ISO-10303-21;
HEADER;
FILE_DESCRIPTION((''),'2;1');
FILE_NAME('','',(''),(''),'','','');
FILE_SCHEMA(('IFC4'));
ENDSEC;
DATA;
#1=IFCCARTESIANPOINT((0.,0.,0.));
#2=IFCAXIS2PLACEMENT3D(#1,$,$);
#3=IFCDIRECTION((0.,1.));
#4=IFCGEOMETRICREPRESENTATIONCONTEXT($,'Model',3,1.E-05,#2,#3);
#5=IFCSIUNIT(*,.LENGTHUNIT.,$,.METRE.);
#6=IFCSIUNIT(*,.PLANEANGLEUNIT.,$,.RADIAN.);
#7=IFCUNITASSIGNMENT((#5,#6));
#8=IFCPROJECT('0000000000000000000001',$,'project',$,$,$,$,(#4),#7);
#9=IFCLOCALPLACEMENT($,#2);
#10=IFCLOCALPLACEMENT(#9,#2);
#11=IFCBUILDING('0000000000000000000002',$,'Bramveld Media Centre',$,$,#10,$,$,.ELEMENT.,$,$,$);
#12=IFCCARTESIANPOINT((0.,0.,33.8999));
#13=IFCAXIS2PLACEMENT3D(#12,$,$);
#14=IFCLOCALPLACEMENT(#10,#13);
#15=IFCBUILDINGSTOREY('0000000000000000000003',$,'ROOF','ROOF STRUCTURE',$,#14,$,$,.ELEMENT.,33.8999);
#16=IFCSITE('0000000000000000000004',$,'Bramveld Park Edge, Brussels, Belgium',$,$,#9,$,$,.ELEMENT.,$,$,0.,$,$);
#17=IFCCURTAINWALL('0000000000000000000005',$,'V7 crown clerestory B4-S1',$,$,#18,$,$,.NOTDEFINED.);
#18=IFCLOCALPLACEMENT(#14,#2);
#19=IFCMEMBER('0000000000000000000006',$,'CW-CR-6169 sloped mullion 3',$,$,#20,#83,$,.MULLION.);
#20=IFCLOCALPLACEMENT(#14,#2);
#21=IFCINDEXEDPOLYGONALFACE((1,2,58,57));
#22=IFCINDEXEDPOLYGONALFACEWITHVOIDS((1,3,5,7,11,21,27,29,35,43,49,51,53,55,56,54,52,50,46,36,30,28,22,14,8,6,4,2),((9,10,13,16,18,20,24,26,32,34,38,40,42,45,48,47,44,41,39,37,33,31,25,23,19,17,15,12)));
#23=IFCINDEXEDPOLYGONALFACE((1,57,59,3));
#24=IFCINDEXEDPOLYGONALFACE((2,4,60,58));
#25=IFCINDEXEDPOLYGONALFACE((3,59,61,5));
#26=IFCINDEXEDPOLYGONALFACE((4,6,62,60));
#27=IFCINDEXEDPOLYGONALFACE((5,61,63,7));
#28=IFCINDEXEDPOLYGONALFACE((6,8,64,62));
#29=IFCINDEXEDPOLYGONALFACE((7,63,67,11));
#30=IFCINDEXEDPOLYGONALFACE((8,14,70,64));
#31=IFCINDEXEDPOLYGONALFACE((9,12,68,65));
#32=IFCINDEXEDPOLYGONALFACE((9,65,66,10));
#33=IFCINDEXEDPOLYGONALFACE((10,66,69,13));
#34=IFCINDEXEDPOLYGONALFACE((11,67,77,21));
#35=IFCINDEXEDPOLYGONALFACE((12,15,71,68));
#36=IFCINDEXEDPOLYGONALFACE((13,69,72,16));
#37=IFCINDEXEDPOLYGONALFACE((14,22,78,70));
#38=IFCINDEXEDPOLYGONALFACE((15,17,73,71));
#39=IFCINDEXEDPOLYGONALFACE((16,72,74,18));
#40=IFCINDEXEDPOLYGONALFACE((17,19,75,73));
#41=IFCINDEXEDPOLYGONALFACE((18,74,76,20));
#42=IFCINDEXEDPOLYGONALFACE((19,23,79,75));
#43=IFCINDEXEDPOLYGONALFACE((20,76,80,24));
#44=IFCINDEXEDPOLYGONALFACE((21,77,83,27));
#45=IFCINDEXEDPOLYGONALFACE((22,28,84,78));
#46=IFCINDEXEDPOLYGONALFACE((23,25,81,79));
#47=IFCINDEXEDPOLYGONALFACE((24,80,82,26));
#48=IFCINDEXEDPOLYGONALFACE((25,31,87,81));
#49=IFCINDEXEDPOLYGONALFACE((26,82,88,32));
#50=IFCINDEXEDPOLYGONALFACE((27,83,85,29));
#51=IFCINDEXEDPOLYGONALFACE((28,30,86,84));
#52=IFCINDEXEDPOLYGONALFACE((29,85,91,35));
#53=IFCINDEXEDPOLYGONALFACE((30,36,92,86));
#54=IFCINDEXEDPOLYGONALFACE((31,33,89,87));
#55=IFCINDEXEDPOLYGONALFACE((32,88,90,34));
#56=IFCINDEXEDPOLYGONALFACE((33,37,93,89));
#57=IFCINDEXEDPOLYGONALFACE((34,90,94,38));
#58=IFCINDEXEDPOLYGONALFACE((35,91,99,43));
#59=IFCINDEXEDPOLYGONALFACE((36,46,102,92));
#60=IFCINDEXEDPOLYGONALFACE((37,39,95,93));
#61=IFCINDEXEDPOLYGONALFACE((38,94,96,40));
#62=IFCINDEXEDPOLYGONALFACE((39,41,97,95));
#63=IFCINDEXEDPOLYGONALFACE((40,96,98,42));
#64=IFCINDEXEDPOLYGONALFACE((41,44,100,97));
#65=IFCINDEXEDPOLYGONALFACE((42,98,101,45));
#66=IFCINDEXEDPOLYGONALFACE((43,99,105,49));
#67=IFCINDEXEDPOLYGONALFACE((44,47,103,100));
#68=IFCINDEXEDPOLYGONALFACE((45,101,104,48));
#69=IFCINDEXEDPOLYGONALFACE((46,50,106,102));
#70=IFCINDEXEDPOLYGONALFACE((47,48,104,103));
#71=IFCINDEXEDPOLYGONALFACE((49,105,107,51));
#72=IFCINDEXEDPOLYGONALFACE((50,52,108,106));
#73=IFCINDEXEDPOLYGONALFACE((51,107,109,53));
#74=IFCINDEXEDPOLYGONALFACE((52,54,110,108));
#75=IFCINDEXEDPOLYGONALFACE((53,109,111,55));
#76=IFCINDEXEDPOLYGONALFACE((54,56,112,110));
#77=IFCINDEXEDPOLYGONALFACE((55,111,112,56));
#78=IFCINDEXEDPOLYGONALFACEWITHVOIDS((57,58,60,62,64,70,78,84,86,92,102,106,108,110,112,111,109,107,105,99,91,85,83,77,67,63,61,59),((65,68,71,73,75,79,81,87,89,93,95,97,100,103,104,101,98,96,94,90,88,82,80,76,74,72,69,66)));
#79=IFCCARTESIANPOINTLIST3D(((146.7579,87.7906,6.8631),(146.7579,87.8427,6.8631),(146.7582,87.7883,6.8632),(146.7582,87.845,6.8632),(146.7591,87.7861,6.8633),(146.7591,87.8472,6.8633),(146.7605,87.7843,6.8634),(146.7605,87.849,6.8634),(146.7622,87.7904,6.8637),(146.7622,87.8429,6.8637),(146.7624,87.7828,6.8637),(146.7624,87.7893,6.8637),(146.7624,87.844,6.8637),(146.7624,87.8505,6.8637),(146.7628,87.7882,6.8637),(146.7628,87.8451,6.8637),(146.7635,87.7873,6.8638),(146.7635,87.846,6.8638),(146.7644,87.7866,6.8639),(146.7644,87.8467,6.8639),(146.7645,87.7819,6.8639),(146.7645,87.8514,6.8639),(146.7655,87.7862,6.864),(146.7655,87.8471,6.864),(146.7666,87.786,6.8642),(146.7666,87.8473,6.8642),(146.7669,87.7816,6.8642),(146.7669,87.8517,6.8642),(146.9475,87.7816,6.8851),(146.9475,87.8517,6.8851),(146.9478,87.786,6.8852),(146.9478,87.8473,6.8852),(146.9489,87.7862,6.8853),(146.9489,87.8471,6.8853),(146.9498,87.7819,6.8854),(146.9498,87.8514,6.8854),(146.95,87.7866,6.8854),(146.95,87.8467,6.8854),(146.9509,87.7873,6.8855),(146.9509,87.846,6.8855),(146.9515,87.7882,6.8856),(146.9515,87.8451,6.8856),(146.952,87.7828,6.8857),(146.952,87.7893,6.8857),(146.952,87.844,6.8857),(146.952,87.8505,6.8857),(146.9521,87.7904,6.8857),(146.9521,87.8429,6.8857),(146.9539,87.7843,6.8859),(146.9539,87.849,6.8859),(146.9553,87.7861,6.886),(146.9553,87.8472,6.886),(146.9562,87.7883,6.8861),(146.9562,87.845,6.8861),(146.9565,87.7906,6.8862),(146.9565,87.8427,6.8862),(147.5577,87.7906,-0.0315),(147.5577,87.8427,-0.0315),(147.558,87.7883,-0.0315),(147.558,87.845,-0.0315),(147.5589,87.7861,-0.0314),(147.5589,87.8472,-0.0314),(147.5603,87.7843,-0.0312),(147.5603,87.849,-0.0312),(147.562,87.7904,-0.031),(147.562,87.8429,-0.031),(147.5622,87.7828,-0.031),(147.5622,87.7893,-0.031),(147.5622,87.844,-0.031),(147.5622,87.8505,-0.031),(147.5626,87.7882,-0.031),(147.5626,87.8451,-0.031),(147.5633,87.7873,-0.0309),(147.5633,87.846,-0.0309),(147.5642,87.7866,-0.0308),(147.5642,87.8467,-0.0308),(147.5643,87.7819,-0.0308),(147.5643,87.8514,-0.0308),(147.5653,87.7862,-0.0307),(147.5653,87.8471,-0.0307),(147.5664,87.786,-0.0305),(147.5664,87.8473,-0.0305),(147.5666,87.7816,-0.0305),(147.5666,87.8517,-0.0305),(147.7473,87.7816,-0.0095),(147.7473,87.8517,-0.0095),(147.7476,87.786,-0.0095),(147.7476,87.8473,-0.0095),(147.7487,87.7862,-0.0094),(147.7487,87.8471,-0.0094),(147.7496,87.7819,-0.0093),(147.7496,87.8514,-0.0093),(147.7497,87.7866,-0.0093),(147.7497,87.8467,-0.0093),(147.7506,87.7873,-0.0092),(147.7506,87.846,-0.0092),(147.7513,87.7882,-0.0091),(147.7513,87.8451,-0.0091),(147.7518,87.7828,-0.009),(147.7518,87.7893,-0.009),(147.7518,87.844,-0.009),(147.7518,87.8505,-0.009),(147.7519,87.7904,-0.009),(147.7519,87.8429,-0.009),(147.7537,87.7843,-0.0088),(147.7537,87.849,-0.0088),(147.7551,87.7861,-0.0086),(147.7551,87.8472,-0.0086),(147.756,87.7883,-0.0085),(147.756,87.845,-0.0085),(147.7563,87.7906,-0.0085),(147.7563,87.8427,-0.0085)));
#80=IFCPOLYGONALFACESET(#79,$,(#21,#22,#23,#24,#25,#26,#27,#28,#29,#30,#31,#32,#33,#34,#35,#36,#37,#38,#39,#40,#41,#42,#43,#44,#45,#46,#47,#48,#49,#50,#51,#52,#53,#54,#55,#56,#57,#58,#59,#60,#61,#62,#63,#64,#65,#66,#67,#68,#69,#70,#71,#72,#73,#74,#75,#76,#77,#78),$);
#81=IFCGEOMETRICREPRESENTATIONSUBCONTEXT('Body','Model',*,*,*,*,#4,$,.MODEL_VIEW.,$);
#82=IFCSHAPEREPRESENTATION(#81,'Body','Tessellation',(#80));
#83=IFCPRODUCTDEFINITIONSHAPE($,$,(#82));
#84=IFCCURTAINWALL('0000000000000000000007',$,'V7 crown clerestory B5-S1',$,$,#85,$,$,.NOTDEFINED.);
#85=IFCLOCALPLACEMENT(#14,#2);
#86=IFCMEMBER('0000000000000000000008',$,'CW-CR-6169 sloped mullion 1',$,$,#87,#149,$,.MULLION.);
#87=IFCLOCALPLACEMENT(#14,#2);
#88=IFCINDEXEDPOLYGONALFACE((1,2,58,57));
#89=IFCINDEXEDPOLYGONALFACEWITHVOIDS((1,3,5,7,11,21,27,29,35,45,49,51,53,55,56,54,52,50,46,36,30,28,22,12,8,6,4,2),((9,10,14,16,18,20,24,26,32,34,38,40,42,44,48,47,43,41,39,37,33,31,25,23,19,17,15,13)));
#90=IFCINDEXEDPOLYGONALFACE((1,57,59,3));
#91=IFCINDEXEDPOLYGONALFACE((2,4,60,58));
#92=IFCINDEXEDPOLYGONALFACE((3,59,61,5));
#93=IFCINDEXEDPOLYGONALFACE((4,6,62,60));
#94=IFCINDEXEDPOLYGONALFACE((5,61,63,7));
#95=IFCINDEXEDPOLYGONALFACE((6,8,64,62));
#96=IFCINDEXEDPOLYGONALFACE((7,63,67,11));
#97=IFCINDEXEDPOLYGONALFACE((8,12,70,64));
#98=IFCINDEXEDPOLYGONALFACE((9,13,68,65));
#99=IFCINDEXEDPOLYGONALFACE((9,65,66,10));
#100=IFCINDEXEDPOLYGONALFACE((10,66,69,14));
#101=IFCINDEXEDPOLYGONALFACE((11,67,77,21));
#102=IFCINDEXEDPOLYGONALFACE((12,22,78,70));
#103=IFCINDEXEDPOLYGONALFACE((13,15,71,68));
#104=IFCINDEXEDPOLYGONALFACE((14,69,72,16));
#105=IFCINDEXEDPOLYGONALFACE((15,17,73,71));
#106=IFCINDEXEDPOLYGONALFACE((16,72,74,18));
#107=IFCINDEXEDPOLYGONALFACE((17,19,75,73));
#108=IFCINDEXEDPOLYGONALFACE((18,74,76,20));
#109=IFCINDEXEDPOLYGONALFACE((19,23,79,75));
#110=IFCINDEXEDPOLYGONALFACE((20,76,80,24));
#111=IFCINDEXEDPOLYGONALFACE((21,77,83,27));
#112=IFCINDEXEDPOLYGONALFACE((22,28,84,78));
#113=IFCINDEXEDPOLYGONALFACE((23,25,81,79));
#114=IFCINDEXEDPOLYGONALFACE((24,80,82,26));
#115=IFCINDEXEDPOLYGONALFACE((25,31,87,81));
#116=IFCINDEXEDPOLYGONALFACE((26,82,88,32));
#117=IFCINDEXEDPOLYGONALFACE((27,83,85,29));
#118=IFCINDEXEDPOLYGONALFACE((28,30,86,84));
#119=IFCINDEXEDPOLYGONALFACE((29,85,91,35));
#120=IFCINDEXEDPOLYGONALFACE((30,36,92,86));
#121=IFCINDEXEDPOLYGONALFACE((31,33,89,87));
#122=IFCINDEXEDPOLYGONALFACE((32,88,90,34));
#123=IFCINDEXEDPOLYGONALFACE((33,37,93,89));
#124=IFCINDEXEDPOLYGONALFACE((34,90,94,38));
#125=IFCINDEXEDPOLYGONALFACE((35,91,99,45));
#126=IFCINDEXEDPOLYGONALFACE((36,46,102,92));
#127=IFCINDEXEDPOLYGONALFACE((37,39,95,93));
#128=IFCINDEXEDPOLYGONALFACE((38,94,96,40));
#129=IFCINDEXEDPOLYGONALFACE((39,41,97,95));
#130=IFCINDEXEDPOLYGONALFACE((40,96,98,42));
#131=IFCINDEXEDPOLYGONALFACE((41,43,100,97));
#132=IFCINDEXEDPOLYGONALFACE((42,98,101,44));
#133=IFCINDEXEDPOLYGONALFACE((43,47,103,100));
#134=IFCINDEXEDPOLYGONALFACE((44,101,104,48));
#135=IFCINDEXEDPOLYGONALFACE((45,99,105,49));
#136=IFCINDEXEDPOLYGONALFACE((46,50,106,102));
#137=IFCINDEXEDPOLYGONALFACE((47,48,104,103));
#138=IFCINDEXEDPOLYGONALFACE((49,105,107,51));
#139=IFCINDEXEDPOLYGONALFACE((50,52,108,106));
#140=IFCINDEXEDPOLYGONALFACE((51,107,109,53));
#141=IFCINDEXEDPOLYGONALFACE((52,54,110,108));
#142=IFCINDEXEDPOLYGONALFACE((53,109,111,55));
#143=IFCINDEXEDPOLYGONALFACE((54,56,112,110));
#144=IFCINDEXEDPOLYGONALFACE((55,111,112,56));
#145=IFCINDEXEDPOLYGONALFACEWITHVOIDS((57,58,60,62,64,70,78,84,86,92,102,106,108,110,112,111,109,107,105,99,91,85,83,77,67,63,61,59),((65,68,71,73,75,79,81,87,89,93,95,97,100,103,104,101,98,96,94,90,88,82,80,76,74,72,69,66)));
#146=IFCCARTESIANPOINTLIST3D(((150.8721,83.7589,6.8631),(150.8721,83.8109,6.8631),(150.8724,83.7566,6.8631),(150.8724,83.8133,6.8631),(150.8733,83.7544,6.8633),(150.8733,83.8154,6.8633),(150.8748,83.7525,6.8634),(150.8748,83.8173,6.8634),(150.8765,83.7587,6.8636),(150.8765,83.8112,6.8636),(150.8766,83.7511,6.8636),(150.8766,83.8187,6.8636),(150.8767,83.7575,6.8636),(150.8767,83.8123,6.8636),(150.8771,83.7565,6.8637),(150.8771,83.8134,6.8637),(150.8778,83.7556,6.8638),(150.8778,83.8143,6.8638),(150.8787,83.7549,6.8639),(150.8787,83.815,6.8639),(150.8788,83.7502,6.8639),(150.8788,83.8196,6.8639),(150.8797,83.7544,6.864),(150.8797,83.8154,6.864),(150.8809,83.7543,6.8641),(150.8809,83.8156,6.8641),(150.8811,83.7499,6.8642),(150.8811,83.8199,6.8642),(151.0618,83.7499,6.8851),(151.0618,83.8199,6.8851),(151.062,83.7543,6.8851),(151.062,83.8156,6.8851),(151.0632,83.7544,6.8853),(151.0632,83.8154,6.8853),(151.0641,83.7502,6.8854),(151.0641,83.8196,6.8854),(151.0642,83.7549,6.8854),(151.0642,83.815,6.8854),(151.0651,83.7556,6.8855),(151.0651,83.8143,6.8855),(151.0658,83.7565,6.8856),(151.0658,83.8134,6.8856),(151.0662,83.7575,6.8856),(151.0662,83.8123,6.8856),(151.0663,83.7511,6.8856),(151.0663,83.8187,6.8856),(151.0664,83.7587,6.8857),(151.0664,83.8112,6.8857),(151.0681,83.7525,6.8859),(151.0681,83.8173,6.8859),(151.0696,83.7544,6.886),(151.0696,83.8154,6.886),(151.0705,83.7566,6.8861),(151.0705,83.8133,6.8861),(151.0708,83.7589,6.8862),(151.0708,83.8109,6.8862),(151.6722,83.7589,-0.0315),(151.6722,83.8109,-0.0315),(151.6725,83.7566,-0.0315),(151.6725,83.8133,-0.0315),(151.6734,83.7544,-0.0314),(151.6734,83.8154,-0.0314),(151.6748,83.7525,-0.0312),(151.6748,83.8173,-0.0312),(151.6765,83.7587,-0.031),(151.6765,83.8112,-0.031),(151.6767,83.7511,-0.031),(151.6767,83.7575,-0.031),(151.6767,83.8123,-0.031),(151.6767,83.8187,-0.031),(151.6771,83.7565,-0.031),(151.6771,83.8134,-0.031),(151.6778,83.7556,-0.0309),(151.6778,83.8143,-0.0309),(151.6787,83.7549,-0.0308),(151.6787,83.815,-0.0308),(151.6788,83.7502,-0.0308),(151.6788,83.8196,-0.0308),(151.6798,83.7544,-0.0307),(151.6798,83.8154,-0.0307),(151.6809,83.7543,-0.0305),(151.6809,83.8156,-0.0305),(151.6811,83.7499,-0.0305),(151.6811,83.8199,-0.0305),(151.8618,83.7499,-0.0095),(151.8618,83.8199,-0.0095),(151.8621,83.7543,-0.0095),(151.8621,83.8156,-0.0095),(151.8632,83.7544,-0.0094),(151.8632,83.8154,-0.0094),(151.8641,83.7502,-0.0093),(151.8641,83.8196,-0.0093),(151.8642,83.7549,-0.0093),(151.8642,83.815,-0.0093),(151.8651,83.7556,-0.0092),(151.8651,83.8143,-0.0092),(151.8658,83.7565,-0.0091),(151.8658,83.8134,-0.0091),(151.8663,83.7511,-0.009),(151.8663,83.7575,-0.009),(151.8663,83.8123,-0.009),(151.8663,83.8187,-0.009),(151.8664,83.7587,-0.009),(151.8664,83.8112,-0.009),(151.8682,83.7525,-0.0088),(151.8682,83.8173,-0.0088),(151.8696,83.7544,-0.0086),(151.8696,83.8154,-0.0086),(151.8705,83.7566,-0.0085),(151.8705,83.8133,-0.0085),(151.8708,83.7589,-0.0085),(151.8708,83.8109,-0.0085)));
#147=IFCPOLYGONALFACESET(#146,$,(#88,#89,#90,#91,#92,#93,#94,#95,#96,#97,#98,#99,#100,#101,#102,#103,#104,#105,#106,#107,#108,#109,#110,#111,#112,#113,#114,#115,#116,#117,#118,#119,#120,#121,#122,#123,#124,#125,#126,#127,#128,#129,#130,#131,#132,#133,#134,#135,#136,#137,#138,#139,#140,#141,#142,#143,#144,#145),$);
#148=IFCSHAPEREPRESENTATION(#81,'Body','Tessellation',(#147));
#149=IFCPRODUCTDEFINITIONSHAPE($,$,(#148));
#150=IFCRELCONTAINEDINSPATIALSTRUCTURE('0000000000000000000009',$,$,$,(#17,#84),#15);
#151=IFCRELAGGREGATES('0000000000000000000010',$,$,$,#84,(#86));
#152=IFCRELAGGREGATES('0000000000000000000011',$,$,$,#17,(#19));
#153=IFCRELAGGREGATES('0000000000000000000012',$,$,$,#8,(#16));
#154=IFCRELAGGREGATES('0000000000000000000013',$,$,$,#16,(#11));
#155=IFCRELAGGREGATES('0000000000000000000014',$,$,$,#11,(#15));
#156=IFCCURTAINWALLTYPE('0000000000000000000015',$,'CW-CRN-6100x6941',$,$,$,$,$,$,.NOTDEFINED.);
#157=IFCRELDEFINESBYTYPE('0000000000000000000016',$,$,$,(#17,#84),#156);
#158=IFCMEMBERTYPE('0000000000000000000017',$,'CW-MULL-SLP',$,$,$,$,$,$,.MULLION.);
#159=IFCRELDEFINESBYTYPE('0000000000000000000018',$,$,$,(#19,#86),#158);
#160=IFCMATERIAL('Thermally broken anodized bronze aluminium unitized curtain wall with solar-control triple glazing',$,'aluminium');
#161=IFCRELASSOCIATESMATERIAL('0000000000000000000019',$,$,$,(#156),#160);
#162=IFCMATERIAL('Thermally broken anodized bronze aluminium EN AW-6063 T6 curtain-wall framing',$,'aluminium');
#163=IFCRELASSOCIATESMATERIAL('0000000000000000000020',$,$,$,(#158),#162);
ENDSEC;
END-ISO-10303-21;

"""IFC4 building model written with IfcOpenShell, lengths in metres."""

from ifc_helpers import new_model, si_unit, direction, frame, origin, origin_2d, place, context, subcontext, project, spatial, hollow_rectangle, extrude, material, material_profile, profile_set, type_object, element, aggregate, save


model = new_model("IFC4")

# Units and contexts
model_context = context("Model", 3, precision=1e-05, world=origin(), true_north=direction((0.0, 1.0)))
body_context = subcontext(model_context, "Body", "Model", "MODEL_VIEW")
ifc_project = project(units=[si_unit("LENGTHUNIT", "METRE"), si_unit("PLANEANGLEUNIT", "RADIAN")], contexts=[model_context])

# Site, building, storey
site_placement = place(None, origin())
site = spatial("IfcSite", under=ifc_project, at=site_placement, Name="Bramveld Park Edge, Brussels, Belgium", CompositionType="ELEMENT", RefElevation=0.0)
building_placement = place(site_placement, origin())
building = spatial("IfcBuilding", under=site, at=building_placement, Name="Bramveld Media Centre", CompositionType="ELEMENT")
storey_placement = place(building_placement, frame((0.0, 0.0, 33.8999)))
storey = spatial("IfcBuildingStorey", under=building, at=storey_placement, Name="ROOF", Description="ROOF STRUCTURE", CompositionType="ELEMENT", Elevation=33.8999)

# Curtain walls, members
ifc_material_1 = material(Name="Thermally broken anodized bronze aluminium unitized curtain wall with solar-control triple glazing", Category="aluminium")
curtain_wall_type = type_object("IfcCurtainWallType", Name="CW-CRN-6100x6941", PredefinedType="NOTDEFINED", material=ifc_material_1)
curtain_wall_1_placement = place(storey_placement, origin())
curtain_wall_1 = element("IfcCurtainWall", 1, at=curtain_wall_1_placement, inside=storey, type_object=curtain_wall_type, Name="V7 crown clerestory B4-S1", PredefinedType="NOTDEFINED")
ifc_material_2 = material(Name="Thermally broken anodized bronze aluminium EN AW-6063 T6 curtain-wall framing", Category="aluminium")
ifc_material_profile_1 = material_profile(ifc_material_2, hollow_rectangle(XDim=0.0701, YDim=0.2, WallThickness=0.0044, InnerFilletRadius=0.0044, OuterFilletRadius=0.009, at=origin_2d()), Name="AL-MULL 70x200")
ifc_profile_set_1 = profile_set([ifc_material_profile_1], Name="Thermally broken anodized bronze aluminium EN AW-6063 T6 curtain-wall framing")
member_type_1 = type_object("IfcMemberType", Name="CW-MULL-SLP", PredefinedType="MULLION", material=ifc_profile_set_1)
member_1_placement = place(storey_placement, frame((147.657, 87.8167, -0.02), z_axis=(-0.115229, 0.0, 0.993339), x_axis=(0.0, -1.0, 0.0)))
member_1 = element("IfcMember", 2, at=member_1_placement, type_object=member_type_1, Name="CW-CR-6169 sloped mullion 3", PredefinedType="MULLION", context=body_context, shape_type="SweptSolid", body=[
    extrude(hollow_rectangle(XDim=0.0701, YDim=0.2, WallThickness=0.0044, InnerFilletRadius=0.0044, OuterFilletRadius=0.009, at=origin_2d()), origin(), (0.0, 0.0, 1.0), 6.9409),
])
curtain_wall_2_placement = place(storey_placement, origin())
curtain_wall_2 = element("IfcCurtainWall", 3, at=curtain_wall_2_placement, inside=storey, type_object=curtain_wall_type, Name="V7 crown clerestory B5-S1", PredefinedType="NOTDEFINED")
member_2_placement = place(storey_placement, frame((151.7715, 83.7849, -0.02), z_axis=(-0.115264, 0.0, 0.993335), x_axis=(0.0, -1.0, 0.0)))
member_2 = element("IfcMember", 4, at=member_2_placement, type_object=member_type_1, Name="CW-CR-6169 sloped mullion 1", PredefinedType="MULLION", context=body_context, shape_type="SweptSolid", body=[
    extrude(hollow_rectangle(XDim=0.0701, YDim=0.2, WallThickness=0.0044, InnerFilletRadius=0.0044, OuterFilletRadius=0.009, at=origin_2d()), origin(), (0.0, 0.0, 1.0), 6.9409),
])

aggregate(curtain_wall_2, [member_2])

aggregate(curtain_wall_1, [member_1])

save(model, "model.ifc")
